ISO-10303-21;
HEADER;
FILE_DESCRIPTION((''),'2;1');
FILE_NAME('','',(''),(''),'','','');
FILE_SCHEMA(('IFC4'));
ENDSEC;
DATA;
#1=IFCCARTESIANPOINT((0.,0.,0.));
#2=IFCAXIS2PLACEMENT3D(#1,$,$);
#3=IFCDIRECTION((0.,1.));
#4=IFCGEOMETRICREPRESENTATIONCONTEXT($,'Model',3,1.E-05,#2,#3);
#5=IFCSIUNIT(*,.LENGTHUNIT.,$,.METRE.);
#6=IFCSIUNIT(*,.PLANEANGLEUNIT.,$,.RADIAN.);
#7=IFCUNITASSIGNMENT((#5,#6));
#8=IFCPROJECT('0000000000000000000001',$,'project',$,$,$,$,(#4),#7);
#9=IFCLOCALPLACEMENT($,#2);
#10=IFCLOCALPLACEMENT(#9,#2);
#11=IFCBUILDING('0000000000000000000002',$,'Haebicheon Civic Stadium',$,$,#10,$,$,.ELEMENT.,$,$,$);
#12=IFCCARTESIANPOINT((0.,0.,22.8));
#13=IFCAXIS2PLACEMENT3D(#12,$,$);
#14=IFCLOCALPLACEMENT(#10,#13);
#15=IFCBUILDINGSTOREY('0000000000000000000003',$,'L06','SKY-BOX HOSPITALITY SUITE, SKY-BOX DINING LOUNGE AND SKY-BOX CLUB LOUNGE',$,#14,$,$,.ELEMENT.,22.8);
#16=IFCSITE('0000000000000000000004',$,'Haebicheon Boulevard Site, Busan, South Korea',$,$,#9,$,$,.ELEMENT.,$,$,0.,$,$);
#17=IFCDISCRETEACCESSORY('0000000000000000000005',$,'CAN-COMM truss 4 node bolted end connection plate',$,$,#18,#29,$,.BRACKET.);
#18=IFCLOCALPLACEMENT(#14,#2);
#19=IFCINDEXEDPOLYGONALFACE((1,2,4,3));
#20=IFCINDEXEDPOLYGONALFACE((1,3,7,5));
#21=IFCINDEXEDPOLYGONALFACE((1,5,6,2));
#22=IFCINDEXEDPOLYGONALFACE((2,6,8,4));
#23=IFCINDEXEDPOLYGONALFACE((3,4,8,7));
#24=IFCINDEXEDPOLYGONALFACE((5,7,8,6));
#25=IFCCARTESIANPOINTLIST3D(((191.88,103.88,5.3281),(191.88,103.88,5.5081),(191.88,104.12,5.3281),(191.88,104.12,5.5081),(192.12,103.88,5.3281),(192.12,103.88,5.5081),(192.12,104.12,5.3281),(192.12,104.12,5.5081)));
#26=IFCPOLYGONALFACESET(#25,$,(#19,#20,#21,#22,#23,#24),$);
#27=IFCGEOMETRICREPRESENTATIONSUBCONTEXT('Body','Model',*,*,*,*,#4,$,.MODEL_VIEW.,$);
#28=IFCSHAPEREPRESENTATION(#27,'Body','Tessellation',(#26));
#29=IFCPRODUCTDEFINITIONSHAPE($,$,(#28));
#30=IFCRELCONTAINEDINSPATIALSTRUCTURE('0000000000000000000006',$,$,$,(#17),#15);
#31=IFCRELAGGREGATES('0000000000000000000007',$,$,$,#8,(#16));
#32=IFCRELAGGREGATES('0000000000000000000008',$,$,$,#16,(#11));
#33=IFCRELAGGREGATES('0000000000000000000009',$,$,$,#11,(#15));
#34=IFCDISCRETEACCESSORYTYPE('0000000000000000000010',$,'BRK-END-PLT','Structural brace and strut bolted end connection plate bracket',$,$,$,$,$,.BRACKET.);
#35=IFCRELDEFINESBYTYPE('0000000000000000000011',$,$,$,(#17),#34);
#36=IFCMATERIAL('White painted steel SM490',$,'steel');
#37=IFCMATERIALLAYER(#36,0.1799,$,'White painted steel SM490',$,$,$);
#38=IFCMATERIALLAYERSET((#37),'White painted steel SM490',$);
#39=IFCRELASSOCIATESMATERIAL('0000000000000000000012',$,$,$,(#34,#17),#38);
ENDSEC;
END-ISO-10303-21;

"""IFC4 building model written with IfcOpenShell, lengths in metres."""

from ifc_helpers import new_model, si_unit, direction, frame, origin, origin_2d, place, context, subcontext, project, spatial, rectangle, extrude, material, layer, layer_set, type_object, element, save


model = new_model("IFC4")

# Units and contexts
model_context = context("Model", 3, precision=1e-05, world=origin(), true_north=direction((0.0, 1.0)))
body_context = subcontext(model_context, "Body", "Model", "MODEL_VIEW")
ifc_project = project(units=[si_unit("LENGTHUNIT", "METRE"), si_unit("PLANEANGLEUNIT", "RADIAN")], contexts=[model_context])

# Site, building, storey
site_placement = place(None, origin())
site = spatial("IfcSite", under=ifc_project, at=site_placement, Name="Haebicheon Boulevard Site, Busan, South Korea", CompositionType="ELEMENT", RefElevation=0.0)
building_placement = place(site_placement, origin())
building = spatial("IfcBuilding", under=site, at=building_placement, Name="Haebicheon Civic Stadium", CompositionType="ELEMENT")
storey_placement = place(building_placement, frame((0.0, 0.0, 22.8)))
storey = spatial("IfcBuildingStorey", under=building, at=storey_placement, Name="L06", Description="SKY-BOX HOSPITALITY SUITE, SKY-BOX DINING LOUNGE AND SKY-BOX CLUB LOUNGE", CompositionType="ELEMENT", Elevation=22.8)

# Discrete accessory
ifc_material_1 = material(Name="White painted steel SM490", Category="steel")
ifc_layer_1 = layer(ifc_material_1, 0.1799, Name="White painted steel SM490")
ifc_layer_set_1 = layer_set([ifc_layer_1], Name="White painted steel SM490")
discrete_accessory_type = type_object("IfcDiscreteAccessoryType", Name="BRK-END-PLT", Description="Structural brace and strut bolted end connection plate bracket", PredefinedType="BRACKET", material=ifc_layer_set_1)
for number, where, z_axis, x_axis, name in (
    (1, (192.0, 104.0, 5.3281), (0.0, 0.0, 1.0), (1.0, 0.0, 0.0), "CAN-COMM truss 4 node bolted end connection plate"),
):
    element("IfcDiscreteAccessory", number, at=place(storey_placement, frame(where, z_axis=z_axis, x_axis=x_axis)), inside=storey, type_object=discrete_accessory_type, material=ifc_layer_set_1, Name=name, PredefinedType="BRACKET", context=body_context, shape_type="SweptSolid", body=[
        extrude(rectangle(XDim=0.24, YDim=0.24, at=origin_2d()), origin(), (0.0, 0.0, 1.0), 0.1799),
    ])

save(model, "model.ifc")
